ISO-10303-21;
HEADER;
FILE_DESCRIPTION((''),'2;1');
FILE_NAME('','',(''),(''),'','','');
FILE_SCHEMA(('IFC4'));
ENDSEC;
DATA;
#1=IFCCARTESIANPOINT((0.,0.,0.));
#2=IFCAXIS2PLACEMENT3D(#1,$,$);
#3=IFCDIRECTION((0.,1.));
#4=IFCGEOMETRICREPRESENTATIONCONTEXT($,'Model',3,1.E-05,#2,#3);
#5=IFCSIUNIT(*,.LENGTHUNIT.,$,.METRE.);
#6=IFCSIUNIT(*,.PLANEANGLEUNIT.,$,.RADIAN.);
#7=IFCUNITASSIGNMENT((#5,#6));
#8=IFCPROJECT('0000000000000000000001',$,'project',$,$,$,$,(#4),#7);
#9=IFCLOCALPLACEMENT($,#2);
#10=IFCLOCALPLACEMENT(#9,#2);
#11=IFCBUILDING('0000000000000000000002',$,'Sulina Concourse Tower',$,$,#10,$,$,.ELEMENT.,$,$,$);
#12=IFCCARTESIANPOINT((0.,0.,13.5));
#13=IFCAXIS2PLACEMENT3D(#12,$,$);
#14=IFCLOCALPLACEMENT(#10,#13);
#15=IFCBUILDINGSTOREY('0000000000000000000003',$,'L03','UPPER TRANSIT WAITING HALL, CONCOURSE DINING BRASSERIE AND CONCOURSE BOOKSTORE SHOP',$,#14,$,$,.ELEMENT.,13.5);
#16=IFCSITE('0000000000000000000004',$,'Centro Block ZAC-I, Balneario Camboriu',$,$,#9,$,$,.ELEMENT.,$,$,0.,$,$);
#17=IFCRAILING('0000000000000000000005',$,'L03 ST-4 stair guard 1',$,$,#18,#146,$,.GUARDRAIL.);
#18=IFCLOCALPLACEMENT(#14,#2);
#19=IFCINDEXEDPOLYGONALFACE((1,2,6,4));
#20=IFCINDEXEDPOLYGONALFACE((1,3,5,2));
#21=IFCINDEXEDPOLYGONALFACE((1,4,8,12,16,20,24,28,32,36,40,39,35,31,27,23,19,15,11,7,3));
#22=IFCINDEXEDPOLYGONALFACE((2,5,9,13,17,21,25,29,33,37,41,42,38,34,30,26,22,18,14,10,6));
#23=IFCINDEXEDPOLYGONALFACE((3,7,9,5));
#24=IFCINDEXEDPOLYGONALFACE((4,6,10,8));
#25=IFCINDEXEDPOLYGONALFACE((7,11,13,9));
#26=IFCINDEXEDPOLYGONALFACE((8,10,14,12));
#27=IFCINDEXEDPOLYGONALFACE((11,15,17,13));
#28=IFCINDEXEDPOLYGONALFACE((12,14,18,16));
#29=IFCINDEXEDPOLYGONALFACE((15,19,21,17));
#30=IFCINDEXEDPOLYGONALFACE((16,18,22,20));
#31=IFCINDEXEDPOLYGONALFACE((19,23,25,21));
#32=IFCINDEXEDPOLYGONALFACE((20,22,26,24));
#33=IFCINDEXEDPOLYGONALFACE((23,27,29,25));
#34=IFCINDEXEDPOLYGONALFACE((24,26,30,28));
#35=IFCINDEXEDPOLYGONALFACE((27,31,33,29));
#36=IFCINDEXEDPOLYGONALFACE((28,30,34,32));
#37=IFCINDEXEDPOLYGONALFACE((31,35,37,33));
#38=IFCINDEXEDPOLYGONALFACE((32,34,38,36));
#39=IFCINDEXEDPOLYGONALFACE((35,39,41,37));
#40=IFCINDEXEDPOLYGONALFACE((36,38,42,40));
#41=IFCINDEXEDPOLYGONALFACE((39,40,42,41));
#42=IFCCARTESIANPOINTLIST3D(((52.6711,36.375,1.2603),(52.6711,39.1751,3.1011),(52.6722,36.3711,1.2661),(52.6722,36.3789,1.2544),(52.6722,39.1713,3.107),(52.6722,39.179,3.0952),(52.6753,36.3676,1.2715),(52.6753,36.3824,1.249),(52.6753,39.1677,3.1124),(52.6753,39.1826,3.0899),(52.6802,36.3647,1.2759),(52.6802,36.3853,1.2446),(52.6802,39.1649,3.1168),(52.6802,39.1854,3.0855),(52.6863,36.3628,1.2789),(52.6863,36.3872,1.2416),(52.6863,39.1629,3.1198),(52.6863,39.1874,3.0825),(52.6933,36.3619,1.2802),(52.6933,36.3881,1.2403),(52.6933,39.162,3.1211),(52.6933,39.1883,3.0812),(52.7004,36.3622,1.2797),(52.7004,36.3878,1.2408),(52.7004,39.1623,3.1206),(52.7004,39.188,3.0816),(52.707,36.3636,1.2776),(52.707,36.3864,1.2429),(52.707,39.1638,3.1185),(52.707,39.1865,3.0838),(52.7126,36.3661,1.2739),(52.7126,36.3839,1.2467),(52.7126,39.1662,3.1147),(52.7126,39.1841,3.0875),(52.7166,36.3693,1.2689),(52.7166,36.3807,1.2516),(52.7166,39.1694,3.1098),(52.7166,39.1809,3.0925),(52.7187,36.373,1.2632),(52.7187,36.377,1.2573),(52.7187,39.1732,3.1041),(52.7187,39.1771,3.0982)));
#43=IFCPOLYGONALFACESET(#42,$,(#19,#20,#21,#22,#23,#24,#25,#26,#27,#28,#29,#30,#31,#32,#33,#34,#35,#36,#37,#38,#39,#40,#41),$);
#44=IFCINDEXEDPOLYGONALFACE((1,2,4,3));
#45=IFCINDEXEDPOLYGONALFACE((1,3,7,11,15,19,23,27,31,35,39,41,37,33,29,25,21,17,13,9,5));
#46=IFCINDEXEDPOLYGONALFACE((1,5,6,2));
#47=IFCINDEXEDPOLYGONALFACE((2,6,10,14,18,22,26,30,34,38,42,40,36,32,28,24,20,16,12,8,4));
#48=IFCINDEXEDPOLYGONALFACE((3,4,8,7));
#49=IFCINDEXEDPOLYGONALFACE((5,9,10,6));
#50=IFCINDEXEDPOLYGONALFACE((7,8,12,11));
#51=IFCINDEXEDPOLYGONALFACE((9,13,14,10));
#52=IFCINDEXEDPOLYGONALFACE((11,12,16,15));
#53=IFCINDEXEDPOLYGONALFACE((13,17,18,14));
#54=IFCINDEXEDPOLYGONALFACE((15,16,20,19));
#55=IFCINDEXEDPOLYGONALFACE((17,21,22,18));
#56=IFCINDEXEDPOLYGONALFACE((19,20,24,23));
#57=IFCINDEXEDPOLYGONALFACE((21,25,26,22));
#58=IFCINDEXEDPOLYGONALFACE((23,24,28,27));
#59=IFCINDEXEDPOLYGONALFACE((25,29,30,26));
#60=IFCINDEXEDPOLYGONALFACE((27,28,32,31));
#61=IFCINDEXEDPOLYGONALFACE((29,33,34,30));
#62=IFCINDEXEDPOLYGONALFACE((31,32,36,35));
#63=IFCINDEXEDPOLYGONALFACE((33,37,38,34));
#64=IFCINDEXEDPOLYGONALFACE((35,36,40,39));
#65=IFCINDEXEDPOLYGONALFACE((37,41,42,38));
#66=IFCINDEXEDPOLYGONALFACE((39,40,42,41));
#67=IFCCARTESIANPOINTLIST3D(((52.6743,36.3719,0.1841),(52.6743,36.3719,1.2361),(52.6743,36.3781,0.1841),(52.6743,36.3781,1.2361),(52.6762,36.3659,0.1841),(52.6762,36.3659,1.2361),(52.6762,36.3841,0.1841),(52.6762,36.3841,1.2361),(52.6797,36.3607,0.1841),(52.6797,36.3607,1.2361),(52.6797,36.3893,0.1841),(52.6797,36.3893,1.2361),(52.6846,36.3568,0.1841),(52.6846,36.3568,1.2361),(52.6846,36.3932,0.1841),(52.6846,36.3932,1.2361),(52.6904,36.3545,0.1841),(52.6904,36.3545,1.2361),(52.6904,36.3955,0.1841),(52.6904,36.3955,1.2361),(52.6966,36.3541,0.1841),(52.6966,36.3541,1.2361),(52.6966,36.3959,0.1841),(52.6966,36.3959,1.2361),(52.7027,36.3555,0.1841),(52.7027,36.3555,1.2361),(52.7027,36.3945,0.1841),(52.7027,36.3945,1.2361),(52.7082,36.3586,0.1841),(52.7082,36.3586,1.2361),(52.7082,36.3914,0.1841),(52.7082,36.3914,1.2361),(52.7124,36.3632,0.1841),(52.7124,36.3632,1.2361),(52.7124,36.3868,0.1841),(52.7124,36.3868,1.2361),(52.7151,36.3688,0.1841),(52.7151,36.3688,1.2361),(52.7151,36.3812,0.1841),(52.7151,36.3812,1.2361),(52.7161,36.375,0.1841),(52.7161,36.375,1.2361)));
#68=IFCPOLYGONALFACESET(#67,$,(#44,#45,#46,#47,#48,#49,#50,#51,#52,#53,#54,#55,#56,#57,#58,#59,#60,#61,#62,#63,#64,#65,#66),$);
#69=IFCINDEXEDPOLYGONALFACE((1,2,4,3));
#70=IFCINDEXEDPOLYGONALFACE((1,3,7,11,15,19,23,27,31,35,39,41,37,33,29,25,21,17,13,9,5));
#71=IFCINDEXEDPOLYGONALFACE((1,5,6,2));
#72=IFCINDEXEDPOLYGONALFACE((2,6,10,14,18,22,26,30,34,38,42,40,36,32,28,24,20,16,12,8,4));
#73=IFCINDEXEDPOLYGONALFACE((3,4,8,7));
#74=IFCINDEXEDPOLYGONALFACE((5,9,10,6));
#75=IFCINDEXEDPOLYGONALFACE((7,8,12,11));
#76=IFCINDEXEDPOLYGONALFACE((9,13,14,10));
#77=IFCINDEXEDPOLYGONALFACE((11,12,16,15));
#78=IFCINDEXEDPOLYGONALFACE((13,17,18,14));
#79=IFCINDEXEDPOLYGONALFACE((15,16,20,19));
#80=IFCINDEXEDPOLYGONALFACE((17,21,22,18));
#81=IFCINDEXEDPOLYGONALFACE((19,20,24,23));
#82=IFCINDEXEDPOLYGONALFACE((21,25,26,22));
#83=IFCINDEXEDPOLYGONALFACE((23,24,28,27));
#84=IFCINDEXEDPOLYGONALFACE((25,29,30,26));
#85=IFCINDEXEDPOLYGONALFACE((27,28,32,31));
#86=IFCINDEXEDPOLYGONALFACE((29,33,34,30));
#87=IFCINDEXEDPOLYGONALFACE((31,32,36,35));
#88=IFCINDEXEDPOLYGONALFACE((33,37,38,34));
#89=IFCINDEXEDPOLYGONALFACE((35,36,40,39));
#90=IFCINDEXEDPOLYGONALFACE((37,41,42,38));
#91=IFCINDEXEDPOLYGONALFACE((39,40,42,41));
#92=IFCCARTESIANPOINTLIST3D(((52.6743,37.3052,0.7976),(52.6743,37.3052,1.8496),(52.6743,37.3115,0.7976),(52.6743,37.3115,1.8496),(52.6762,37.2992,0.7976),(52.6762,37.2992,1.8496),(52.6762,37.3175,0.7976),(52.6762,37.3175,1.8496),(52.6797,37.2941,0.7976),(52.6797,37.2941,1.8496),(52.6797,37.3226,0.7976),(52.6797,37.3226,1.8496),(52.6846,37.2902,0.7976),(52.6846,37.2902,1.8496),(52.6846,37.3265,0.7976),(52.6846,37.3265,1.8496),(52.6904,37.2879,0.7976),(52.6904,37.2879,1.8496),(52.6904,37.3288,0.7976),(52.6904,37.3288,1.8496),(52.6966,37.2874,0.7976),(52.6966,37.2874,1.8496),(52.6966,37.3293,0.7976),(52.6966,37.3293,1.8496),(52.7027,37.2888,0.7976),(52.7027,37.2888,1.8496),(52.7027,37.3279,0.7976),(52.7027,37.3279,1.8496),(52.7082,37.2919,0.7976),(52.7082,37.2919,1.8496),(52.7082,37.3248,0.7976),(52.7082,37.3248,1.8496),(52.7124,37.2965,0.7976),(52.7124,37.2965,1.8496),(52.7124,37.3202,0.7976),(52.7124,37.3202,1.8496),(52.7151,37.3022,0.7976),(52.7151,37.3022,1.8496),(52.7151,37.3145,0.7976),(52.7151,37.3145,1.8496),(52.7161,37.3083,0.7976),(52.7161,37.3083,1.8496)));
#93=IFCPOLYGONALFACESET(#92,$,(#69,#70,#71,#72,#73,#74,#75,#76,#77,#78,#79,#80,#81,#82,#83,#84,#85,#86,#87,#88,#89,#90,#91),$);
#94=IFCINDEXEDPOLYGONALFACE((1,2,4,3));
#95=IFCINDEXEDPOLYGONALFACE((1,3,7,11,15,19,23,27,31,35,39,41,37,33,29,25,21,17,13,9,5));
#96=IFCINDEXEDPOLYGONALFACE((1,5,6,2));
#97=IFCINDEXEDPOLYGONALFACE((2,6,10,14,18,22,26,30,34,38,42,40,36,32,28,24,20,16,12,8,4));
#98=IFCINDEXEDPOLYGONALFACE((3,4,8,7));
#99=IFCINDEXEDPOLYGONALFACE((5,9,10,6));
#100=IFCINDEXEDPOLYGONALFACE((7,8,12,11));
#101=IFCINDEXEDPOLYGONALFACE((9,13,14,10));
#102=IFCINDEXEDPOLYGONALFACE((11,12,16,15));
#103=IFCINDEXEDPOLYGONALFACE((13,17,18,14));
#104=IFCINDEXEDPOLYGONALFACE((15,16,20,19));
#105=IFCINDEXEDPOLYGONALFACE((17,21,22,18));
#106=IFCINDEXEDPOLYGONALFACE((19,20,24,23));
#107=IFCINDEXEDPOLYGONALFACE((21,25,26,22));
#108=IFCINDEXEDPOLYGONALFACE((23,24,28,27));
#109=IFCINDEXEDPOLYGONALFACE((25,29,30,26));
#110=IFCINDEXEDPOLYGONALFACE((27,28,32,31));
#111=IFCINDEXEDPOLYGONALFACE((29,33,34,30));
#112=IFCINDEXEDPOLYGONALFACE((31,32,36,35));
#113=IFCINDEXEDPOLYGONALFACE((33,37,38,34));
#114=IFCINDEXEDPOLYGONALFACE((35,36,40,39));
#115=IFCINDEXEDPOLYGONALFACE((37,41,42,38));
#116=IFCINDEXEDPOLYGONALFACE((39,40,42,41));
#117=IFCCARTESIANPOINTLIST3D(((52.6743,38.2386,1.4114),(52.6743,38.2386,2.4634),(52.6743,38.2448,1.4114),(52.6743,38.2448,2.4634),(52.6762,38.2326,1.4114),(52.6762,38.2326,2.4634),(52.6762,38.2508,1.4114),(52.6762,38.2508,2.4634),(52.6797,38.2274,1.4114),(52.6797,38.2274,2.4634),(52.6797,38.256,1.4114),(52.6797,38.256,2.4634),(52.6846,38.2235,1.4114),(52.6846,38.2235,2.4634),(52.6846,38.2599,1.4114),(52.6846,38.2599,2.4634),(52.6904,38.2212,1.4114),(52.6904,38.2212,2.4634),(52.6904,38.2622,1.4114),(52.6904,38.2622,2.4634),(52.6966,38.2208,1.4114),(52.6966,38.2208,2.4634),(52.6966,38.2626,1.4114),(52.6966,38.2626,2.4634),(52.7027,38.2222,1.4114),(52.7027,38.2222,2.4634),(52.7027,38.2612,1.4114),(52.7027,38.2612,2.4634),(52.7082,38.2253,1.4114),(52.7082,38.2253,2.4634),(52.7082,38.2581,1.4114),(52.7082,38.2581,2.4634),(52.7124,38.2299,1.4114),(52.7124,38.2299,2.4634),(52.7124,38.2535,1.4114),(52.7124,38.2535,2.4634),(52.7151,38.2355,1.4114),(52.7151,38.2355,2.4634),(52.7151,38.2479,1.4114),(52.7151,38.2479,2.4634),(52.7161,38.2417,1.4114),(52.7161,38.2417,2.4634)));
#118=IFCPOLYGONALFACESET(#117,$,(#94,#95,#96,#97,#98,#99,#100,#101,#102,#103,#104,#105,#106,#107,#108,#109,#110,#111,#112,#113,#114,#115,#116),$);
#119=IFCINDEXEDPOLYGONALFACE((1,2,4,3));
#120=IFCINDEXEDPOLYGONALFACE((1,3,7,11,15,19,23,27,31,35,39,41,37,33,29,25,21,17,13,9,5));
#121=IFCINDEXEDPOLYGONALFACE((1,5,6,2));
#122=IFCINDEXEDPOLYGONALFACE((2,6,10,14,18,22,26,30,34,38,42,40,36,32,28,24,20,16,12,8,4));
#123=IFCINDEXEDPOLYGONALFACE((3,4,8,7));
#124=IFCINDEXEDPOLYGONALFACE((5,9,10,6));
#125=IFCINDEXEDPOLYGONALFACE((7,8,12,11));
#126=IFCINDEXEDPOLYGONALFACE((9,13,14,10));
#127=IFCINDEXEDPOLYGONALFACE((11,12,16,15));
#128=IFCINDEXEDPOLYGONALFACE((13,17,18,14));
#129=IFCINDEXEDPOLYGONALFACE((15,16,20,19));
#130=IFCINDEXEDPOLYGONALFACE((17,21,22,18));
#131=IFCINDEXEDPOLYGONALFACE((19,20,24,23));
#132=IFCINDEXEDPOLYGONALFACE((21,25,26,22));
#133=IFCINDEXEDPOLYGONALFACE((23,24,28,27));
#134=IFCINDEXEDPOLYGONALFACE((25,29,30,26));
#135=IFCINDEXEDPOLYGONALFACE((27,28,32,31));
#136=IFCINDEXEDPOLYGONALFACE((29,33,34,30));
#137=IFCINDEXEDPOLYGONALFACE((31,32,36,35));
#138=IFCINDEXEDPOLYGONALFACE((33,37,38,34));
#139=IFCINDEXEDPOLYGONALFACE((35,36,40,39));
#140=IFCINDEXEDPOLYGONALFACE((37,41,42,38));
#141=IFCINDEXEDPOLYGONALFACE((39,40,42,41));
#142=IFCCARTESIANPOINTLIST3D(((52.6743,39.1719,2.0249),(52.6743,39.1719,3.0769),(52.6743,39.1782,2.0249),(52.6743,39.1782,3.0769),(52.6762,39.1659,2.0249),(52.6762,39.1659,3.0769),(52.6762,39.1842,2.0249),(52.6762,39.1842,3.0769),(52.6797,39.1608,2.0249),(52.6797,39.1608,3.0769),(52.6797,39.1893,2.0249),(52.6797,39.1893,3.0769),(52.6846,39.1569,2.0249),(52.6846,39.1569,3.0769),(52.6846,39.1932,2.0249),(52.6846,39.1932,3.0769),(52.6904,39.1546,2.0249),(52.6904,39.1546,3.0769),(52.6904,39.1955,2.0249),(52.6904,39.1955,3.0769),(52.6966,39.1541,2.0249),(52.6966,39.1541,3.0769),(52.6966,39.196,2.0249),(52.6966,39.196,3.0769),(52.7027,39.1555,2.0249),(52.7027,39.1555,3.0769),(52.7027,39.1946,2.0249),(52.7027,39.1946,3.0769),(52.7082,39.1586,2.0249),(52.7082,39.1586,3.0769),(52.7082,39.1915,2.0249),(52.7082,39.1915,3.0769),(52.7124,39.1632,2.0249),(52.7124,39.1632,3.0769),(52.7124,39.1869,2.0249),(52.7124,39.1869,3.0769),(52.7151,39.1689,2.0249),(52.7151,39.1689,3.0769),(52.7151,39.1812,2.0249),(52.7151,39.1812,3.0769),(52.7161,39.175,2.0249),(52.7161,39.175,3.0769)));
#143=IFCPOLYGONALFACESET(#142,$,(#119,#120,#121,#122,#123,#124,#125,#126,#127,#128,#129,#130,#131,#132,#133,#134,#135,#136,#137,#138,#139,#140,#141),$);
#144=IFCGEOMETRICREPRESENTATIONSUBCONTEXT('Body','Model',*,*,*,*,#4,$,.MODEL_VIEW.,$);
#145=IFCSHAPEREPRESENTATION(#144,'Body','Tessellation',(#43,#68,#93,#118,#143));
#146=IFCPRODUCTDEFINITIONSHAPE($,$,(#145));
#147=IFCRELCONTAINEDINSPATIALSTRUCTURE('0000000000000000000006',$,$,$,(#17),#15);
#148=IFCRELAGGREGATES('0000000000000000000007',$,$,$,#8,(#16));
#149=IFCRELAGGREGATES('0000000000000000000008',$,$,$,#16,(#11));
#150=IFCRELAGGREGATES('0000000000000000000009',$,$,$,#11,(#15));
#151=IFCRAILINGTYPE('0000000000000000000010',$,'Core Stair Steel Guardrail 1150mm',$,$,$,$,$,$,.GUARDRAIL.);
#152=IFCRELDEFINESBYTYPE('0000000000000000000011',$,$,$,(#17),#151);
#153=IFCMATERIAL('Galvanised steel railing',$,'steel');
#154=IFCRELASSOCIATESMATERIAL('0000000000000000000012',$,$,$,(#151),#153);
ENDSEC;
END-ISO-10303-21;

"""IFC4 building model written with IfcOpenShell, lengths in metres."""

from ifc_helpers import new_model, si_unit, direction, frame, origin, origin_2d, place, context, subcontext, project, spatial, circle, extrude, material, type_object, element, save


model = new_model("IFC4")

# Units and contexts
model_context = context("Model", 3, precision=1e-05, world=origin(), true_north=direction((0.0, 1.0)))
body_context = subcontext(model_context, "Body", "Model", "MODEL_VIEW")
ifc_project = project(units=[si_unit("LENGTHUNIT", "METRE"), si_unit("PLANEANGLEUNIT", "RADIAN")], contexts=[model_context])

# Site, building, storey
site_placement = place(None, origin())
site = spatial("IfcSite", under=ifc_project, at=site_placement, Name="Centro Block ZAC-I, Balneario Camboriu", CompositionType="ELEMENT", RefElevation=0.0)
building_placement = place(site_placement, origin())
building = spatial("IfcBuilding", under=site, at=building_placement, Name="Sulina Concourse Tower", CompositionType="ELEMENT")
storey_placement = place(building_placement, frame((0.0, 0.0, 13.5)))
storey = spatial("IfcBuildingStorey", under=building, at=storey_placement, Name="L03", Description="UPPER TRANSIT WAITING HALL, CONCOURSE DINING BRASSERIE AND CONCOURSE BOOKSTORE SHOP", CompositionType="ELEMENT", Elevation=13.5)

# Railing
ifc_material_1 = material(Name="Galvanised steel railing", Category="steel")
railing_type_1 = type_object("IfcRailingType", Name="Core Stair Steel Guardrail 1150mm", PredefinedType="GUARDRAIL", material=ifc_material_1)
for number, where, name in (
    (1, (52.6951, 36.375, 0.1841), "L03 ST-4 stair guard 1"),
):
    element("IfcRailing", number, at=place(storey_placement, frame(where)), inside=storey, type_object=railing_type_1, Name=name, PredefinedType="GUARDRAIL", context=body_context, shape_type="SweptSolid", body=[
        extrude(circle(Radius=0.0239, at=origin_2d()), frame((0.0, 0.0, 1.0762), z_axis=(0.0, 0.835598, 0.549342), x_axis=(-1.0, 0.0, 0.0)), (0.0, 0.0, 1.0), 3.3511),
        extrude(circle(Radius=0.021, at=origin_2d()), origin(), (0.0, 0.0, 1.0), 1.052),
        extrude(circle(Radius=0.021, at=origin_2d()), frame((0.0, 0.9333, 0.6135)), (0.0, 0.0, 1.0), 1.052),
        extrude(circle(Radius=0.021, at=origin_2d()), frame((0.0, 1.8667, 1.2273)), (0.0, 0.0, 1.0), 1.052),
        extrude(circle(Radius=0.021, at=origin_2d()), frame((0.0, 2.8, 1.8408)), (0.0, 0.0, 1.0), 1.052),
    ])

save(model, "model.ifc")
